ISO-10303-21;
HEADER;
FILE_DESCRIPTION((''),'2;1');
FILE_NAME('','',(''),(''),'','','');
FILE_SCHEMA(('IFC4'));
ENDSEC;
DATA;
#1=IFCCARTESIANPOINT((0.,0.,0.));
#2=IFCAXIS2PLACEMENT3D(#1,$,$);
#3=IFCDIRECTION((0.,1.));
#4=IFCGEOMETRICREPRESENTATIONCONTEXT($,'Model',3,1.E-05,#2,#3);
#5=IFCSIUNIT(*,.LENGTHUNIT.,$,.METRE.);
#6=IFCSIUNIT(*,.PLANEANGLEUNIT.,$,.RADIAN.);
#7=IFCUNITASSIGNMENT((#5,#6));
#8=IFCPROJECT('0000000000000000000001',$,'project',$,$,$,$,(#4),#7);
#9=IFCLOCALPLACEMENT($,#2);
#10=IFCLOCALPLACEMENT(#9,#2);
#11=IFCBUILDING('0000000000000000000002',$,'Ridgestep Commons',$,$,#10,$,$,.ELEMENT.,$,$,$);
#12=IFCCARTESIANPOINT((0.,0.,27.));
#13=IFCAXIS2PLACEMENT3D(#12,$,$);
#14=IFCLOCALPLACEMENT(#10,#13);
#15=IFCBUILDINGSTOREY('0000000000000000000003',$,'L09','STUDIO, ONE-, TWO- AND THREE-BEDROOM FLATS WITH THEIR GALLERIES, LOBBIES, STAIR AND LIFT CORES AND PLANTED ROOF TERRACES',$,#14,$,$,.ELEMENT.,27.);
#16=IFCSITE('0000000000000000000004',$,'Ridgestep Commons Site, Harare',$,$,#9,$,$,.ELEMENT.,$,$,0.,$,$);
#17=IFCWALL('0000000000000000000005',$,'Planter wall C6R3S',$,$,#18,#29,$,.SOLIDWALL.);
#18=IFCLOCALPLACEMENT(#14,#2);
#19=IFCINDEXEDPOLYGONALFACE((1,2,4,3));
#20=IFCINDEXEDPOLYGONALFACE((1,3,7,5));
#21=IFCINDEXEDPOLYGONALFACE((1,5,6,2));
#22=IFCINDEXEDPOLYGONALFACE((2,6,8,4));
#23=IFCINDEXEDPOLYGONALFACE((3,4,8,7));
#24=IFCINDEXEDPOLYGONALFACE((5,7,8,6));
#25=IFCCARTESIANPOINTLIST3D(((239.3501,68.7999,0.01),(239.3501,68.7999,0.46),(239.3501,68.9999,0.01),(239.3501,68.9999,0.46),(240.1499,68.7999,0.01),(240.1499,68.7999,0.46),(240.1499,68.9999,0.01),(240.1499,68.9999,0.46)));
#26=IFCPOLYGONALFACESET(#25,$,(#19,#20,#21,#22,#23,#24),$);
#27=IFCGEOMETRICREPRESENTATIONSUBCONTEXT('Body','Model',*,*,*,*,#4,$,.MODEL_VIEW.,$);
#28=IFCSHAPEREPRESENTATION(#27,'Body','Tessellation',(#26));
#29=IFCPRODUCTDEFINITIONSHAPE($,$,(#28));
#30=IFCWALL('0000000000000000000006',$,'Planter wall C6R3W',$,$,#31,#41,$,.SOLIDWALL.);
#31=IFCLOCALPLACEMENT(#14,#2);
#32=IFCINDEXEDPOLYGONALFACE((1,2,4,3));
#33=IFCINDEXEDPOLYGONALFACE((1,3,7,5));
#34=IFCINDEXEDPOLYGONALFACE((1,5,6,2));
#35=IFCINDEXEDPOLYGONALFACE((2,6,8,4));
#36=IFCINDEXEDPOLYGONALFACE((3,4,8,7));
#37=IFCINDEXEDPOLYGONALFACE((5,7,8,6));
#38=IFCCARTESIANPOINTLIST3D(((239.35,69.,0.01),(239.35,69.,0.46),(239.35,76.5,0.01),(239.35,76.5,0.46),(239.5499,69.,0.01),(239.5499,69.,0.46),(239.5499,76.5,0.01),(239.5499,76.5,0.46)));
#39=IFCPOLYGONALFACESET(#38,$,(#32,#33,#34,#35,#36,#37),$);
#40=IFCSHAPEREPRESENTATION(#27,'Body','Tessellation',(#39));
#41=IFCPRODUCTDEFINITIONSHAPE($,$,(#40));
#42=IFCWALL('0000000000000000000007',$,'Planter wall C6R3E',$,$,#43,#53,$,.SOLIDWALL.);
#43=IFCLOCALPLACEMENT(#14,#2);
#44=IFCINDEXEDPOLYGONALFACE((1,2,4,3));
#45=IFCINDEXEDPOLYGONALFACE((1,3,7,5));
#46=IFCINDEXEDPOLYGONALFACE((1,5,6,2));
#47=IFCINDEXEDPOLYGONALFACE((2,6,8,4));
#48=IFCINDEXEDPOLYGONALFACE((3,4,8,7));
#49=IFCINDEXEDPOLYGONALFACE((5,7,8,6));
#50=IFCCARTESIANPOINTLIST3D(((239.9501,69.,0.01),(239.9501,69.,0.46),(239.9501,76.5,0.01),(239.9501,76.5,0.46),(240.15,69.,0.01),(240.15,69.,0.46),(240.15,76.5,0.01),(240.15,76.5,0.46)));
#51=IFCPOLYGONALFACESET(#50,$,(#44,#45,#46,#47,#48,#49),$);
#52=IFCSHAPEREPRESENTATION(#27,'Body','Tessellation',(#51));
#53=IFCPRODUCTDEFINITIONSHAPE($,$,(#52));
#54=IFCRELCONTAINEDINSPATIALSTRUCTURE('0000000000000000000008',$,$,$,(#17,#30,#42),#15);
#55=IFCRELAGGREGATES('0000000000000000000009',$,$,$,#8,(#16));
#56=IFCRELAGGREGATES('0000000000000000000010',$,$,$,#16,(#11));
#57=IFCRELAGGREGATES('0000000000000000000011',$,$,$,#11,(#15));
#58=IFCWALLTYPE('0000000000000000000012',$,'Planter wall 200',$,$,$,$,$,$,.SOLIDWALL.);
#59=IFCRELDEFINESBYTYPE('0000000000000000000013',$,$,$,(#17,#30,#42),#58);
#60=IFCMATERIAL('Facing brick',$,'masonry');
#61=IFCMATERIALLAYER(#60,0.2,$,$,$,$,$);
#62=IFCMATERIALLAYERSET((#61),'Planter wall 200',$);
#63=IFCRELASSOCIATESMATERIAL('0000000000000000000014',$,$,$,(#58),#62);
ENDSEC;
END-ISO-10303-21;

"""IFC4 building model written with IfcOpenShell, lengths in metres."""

from ifc_helpers import new_model, si_unit, direction, frame, frame_2d, origin, place, context, subcontext, project, spatial, rectangle, extrude, material, layer, layer_set, type_object, element, save


model = new_model("IFC4")

# Units and contexts
model_context = context("Model", 3, precision=1e-05, world=origin(), true_north=direction((0.0, 1.0)))
body_context = subcontext(model_context, "Body", "Model", "MODEL_VIEW")
ifc_project = project(units=[si_unit("LENGTHUNIT", "METRE"), si_unit("PLANEANGLEUNIT", "RADIAN")], contexts=[model_context])

# Site, building, storey
site_placement = place(None, origin())
site = spatial("IfcSite", under=ifc_project, at=site_placement, Name="Ridgestep Commons Site, Harare", CompositionType="ELEMENT", RefElevation=0.0)
building_placement = place(site_placement, origin())
building = spatial("IfcBuilding", under=site, at=building_placement, Name="Ridgestep Commons", CompositionType="ELEMENT")
storey_placement = place(building_placement, frame((0.0, 0.0, 27.0)))
storey = spatial("IfcBuildingStorey", under=building, at=storey_placement, Name="L09", Description="STUDIO, ONE-, TWO- AND THREE-BEDROOM FLATS WITH THEIR GALLERIES, LOBBIES, STAIR AND LIFT CORES AND PLANTED ROOF TERRACES", CompositionType="ELEMENT", Elevation=27.0)

# Walls
ifc_material_1 = material(Name="Facing brick", Category="masonry")
ifc_layer_1 = layer(ifc_material_1, 0.2)
ifc_layer_set_1 = layer_set([ifc_layer_1], Name="Planter wall 200")
wall_type_1 = type_object("IfcWallType", Name="Planter wall 200", PredefinedType="SOLIDWALL", material=ifc_layer_set_1)
wall_1_placement = place(storey_placement, frame((239.3501, 68.8999, 0.01), z_axis=(0.0, 0.0, 1.0), x_axis=(1.0, 0.0, 0.0)))
element("IfcWall", 1, at=wall_1_placement, inside=storey, type_object=wall_type_1, Name="Planter wall C6R3S", PredefinedType="SOLIDWALL", context=body_context, shape_type="SweptSolid", body=[
    extrude(rectangle(XDim=0.7998, YDim=0.2, at=frame_2d((0.3999, 0.0))), origin(), (0.0, 0.0, 1.0), 0.45),
])
for number, where, z_axis, x_axis, name in (
    (2, (239.45, 69.0, 0.01), (0.0, 0.0, 1.0), (0.0, 1.0, 0.0), "Planter wall C6R3W"),
    (3, (240.05, 69.0, 0.01), (0.0, 0.0, 1.0), (0.0, 1.0, 0.0), "Planter wall C6R3E"),
):
    element("IfcWall", number, at=place(storey_placement, frame(where, z_axis=z_axis, x_axis=x_axis)), inside=storey, type_object=wall_type_1, Name=name, PredefinedType="SOLIDWALL", context=body_context, shape_type="SweptSolid", body=[
        extrude(rectangle(XDim=7.5, YDim=0.2, at=frame_2d((3.75, 0.0))), origin(), (0.0, 0.0, 1.0), 0.45),
    ])

save(model, "model.ifc")
